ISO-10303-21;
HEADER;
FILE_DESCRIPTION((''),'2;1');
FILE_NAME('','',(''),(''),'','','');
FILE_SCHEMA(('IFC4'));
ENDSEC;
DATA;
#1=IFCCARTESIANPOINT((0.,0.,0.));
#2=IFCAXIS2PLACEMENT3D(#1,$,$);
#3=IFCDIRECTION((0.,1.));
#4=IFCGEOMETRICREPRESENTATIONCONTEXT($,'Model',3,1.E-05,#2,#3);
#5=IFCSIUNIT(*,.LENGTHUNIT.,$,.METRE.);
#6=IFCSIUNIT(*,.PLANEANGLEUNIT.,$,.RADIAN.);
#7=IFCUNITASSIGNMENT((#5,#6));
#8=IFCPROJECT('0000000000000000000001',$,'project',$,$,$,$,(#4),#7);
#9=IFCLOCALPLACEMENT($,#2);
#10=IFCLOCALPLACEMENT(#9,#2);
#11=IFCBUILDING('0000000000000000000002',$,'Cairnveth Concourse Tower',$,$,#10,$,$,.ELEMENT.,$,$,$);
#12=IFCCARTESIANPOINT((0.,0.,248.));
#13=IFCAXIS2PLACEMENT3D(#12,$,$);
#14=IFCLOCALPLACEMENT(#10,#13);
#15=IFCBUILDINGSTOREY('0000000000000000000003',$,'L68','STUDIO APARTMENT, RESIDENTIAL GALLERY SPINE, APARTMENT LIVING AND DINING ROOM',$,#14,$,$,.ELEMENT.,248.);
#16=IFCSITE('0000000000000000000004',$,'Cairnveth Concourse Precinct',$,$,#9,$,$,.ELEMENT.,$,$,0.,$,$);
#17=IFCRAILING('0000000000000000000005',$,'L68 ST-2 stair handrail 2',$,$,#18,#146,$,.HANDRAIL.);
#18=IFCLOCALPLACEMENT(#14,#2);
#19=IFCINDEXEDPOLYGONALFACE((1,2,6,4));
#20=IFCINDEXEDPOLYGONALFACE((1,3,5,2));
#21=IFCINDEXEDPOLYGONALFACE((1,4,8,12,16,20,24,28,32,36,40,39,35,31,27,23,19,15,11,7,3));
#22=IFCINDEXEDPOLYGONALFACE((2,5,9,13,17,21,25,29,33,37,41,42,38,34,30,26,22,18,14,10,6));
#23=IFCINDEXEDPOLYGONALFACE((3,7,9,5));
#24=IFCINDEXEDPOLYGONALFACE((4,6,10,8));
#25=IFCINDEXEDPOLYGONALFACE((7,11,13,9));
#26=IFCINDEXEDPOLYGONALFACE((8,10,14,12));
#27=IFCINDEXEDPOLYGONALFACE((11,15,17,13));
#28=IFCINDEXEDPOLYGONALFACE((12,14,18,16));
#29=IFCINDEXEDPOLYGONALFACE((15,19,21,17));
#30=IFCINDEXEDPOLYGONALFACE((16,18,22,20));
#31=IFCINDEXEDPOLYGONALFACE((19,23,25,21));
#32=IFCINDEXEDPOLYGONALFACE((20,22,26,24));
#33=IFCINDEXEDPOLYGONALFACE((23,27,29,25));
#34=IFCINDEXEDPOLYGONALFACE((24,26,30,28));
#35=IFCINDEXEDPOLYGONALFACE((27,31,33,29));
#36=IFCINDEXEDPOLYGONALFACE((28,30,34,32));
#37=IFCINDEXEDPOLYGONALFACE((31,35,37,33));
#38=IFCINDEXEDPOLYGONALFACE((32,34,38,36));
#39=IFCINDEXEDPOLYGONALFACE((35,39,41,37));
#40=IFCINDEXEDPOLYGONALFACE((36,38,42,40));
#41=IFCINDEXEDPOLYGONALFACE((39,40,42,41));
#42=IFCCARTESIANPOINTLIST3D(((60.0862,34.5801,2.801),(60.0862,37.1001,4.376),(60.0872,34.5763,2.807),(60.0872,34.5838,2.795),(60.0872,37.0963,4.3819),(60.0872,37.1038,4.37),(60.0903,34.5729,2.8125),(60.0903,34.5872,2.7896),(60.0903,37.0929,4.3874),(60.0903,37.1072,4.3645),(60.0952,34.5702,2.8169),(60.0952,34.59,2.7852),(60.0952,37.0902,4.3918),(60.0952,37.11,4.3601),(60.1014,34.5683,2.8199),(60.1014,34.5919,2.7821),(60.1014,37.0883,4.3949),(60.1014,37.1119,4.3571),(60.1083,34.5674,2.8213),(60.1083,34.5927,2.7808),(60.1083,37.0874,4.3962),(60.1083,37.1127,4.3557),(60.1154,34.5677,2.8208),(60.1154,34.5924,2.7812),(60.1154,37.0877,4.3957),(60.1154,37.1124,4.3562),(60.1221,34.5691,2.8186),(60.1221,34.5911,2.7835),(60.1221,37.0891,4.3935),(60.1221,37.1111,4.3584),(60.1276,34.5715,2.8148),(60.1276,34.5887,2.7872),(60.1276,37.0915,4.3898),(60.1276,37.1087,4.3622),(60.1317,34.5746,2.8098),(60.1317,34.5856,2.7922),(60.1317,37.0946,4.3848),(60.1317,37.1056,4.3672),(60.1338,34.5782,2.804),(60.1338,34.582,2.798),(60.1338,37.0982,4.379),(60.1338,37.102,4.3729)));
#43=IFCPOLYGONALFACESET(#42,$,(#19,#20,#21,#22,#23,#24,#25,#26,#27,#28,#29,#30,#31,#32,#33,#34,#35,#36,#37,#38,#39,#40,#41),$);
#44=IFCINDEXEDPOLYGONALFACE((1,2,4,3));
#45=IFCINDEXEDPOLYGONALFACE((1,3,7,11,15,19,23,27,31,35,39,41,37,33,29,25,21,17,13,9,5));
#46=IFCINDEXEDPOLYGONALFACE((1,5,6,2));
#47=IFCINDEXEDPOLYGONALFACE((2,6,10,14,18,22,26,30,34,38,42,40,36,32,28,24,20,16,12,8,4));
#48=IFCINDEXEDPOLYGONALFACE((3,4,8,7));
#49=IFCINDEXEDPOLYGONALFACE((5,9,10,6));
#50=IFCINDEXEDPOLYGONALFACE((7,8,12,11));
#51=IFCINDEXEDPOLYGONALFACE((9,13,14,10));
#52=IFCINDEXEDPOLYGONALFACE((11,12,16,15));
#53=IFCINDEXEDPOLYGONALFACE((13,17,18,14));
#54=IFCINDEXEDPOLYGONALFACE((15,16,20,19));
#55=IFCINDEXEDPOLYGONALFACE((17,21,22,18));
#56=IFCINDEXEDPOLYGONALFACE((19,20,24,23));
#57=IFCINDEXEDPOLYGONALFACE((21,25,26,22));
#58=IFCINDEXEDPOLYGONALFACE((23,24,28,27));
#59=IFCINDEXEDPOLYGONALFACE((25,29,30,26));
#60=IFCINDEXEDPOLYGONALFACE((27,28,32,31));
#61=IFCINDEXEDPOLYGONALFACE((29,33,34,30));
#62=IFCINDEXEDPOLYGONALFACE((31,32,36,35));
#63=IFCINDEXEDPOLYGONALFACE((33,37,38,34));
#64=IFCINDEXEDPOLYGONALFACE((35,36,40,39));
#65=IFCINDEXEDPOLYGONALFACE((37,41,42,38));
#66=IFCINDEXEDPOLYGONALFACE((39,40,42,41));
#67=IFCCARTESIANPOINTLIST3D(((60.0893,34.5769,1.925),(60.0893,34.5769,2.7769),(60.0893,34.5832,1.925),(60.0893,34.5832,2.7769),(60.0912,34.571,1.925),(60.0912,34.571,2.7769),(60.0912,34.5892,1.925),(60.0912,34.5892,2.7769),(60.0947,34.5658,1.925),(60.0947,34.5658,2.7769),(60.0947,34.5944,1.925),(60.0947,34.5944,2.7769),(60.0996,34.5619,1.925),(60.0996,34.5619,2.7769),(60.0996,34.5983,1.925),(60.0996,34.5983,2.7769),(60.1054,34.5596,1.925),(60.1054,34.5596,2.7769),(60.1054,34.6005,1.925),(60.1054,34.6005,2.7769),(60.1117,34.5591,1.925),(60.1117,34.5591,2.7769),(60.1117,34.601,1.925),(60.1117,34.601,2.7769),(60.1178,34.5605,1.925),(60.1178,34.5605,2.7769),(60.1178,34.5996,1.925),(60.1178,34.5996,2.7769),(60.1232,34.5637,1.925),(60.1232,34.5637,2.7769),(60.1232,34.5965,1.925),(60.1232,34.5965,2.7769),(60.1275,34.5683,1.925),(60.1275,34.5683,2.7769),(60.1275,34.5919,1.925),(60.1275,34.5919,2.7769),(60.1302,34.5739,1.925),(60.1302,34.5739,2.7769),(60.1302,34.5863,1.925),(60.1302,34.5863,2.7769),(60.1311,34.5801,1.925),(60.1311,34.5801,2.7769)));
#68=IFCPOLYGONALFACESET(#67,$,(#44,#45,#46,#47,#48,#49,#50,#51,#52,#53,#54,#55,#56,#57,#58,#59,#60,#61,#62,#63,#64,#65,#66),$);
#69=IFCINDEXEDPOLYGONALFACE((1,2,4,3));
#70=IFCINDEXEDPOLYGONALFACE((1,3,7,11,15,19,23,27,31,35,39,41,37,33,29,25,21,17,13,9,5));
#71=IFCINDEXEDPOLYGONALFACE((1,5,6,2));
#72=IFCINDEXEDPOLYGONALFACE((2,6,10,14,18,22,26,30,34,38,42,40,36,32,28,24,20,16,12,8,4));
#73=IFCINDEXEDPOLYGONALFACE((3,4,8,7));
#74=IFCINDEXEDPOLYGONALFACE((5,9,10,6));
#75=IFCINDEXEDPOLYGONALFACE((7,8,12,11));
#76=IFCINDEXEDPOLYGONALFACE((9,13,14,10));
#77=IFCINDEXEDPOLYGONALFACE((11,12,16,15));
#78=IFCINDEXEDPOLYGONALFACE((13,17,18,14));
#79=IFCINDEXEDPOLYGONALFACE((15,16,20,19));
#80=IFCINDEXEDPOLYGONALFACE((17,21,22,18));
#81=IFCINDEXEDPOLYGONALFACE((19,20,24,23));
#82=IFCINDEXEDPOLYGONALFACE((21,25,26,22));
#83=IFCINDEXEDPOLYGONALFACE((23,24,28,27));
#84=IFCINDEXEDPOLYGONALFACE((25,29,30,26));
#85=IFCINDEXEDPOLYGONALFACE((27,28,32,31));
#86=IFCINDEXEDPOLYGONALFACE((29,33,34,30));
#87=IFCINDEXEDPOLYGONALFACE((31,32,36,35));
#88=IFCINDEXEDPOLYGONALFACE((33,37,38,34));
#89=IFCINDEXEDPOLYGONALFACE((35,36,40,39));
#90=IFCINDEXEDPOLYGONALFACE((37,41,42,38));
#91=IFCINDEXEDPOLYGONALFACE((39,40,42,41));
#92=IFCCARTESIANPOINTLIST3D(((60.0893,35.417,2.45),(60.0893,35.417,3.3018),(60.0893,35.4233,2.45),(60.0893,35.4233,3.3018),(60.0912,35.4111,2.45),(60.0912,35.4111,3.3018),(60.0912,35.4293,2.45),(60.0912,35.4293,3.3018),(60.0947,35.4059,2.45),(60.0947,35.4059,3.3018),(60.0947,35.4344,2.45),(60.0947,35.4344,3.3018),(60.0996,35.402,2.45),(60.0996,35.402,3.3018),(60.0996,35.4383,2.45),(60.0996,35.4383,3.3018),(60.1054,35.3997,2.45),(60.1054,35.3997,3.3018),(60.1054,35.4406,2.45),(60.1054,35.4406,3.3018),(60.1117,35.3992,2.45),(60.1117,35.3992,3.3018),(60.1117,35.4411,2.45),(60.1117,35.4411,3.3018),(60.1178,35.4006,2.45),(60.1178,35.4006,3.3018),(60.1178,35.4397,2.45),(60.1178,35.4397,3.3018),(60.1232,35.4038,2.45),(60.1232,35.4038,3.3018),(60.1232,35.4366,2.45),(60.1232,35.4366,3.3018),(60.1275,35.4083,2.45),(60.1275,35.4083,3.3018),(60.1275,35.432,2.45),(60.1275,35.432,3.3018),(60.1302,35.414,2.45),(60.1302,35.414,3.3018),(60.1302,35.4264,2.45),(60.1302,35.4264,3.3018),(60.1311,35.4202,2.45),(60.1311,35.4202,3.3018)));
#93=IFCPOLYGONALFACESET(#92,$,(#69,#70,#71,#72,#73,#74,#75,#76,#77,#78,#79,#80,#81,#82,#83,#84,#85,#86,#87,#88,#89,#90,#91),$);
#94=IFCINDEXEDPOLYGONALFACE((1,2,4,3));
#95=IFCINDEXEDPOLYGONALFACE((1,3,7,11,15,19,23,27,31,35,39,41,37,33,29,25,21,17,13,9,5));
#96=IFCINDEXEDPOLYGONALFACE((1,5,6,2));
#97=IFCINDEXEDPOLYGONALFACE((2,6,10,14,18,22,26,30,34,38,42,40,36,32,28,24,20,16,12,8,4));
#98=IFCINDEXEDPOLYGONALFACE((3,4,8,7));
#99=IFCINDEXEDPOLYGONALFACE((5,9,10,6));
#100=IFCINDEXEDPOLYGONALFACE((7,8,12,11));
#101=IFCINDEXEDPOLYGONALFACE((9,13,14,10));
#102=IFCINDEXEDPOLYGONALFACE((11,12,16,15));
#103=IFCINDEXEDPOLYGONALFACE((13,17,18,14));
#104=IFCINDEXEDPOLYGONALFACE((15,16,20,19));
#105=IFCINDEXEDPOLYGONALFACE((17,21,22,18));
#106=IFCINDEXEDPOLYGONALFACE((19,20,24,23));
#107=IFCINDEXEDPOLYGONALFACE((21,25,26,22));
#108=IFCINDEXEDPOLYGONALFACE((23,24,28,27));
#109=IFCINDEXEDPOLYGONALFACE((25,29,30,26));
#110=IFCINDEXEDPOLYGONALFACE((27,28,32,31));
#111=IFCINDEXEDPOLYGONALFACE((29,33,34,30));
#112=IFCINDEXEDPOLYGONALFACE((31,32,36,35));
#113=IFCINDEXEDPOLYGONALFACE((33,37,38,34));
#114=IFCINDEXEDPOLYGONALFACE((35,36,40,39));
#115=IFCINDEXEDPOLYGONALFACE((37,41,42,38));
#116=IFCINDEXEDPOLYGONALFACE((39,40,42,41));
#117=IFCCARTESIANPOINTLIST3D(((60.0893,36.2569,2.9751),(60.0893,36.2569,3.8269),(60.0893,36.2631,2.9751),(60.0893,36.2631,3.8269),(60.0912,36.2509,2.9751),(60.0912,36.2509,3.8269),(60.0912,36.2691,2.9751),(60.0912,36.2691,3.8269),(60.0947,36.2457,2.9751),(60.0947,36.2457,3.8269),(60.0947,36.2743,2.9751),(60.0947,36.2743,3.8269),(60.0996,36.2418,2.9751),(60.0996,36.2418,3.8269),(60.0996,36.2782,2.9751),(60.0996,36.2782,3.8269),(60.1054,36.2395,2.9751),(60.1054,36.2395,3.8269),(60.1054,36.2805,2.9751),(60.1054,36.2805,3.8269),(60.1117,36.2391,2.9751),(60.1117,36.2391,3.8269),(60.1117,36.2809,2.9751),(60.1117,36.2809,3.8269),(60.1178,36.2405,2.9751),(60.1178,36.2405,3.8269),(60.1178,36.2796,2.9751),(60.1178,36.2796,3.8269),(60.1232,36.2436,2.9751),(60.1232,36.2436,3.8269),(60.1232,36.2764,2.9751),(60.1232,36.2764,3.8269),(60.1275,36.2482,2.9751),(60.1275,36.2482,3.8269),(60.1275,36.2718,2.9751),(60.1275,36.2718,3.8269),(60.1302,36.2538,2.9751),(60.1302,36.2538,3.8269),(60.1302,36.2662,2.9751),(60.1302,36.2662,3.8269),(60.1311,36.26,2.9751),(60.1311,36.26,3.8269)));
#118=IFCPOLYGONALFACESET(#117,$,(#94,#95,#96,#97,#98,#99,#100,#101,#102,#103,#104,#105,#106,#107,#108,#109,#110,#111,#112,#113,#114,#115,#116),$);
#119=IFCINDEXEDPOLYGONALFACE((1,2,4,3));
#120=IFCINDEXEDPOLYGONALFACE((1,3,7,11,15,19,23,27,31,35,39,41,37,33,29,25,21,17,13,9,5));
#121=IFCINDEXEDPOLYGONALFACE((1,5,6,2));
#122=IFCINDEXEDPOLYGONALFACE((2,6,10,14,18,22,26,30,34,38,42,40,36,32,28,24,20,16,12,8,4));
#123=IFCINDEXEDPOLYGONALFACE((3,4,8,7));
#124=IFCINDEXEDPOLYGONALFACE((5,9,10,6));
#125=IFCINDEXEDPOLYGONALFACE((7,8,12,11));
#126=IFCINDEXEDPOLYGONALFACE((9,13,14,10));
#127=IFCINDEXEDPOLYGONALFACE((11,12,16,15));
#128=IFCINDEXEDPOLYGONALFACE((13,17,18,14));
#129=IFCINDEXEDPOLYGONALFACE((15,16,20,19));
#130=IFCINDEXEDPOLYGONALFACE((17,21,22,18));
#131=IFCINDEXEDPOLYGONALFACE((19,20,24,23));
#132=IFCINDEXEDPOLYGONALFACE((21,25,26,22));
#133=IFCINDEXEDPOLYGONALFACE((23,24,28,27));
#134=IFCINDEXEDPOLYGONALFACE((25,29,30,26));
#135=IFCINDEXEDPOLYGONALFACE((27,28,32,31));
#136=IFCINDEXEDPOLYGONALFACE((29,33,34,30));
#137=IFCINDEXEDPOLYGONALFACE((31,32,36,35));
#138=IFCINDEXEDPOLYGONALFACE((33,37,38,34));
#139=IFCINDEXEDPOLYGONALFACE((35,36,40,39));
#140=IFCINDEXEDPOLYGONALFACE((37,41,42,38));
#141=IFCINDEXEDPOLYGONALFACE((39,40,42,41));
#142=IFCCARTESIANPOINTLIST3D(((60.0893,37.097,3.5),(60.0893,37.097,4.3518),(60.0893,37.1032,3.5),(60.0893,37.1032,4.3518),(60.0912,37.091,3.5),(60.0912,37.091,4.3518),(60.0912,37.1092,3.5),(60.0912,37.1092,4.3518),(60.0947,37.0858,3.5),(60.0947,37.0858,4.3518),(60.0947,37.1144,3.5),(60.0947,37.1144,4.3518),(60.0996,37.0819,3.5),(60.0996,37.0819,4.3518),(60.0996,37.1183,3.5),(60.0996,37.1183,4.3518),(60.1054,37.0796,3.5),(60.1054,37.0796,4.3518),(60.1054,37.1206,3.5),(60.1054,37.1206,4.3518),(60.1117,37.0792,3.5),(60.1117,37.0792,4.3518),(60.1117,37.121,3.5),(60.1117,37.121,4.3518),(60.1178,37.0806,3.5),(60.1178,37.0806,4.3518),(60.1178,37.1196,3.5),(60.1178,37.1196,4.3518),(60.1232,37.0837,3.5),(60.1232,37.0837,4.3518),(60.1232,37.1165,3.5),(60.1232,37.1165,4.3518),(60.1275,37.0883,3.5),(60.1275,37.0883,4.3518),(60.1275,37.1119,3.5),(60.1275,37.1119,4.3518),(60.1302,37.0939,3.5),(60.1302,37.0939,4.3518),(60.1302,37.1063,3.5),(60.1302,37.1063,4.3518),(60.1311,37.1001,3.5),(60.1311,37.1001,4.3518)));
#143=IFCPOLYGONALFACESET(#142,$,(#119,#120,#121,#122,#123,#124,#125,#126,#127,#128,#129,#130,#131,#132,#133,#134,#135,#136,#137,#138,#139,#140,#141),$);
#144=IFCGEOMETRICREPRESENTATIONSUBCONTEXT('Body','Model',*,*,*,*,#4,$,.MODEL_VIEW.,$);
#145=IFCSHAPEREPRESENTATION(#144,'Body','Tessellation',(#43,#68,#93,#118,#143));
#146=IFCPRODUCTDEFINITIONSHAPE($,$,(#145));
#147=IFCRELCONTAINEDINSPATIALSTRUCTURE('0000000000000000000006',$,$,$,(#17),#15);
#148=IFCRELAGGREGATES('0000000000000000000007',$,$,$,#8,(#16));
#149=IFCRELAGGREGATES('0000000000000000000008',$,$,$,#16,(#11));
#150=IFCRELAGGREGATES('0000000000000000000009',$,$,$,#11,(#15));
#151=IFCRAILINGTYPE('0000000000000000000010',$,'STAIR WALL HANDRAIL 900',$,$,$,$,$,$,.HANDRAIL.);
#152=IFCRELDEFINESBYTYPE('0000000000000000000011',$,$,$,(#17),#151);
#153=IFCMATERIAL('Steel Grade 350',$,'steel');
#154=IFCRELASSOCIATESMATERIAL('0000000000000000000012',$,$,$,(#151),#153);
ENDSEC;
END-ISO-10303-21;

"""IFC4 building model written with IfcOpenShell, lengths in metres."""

from ifc_helpers import new_model, si_unit, direction, frame, origin, origin_2d, place, context, subcontext, project, spatial, circle, extrude, material, type_object, element, save


model = new_model("IFC4")

# Units and contexts
model_context = context("Model", 3, precision=1e-05, world=origin(), true_north=direction((0.0, 1.0)))
body_context = subcontext(model_context, "Body", "Model", "MODEL_VIEW")
ifc_project = project(units=[si_unit("LENGTHUNIT", "METRE"), si_unit("PLANEANGLEUNIT", "RADIAN")], contexts=[model_context])

# Site, building, storey
site_placement = place(None, origin())
site = spatial("IfcSite", under=ifc_project, at=site_placement, Name="Cairnveth Concourse Precinct", CompositionType="ELEMENT", RefElevation=0.0)
building_placement = place(site_placement, origin())
building = spatial("IfcBuilding", under=site, at=building_placement, Name="Cairnveth Concourse Tower", CompositionType="ELEMENT")
storey_placement = place(building_placement, frame((0.0, 0.0, 248.0)))
storey = spatial("IfcBuildingStorey", under=building, at=storey_placement, Name="L68", Description="STUDIO APARTMENT, RESIDENTIAL GALLERY SPINE, APARTMENT LIVING AND DINING ROOM", CompositionType="ELEMENT", Elevation=248.0)

# Shared definitions
ifc_material_1 = material(Name="Steel Grade 350", Category="steel")

# Railing
railing_type_1 = type_object("IfcRailingType", Name="STAIR WALL HANDRAIL 900", PredefinedType="HANDRAIL", material=ifc_material_1)
railing_1_placement = place(storey_placement, frame((60.1101, 34.5801, 1.925)))
element("IfcRailing", 1, at=railing_1_placement, inside=storey, type_object=railing_type_1, Name="L68 ST-2 stair handrail 2", PredefinedType="HANDRAIL", context=body_context, shape_type="SweptSolid", body=[
    extrude(circle(Radius=0.0239, at=origin_2d()), frame((0.0, 0.0, 0.876), z_axis=(0.0, 0.848008, 0.529984), x_axis=(-1.0, 0.0, 0.0)), (0.0, 0.0, 1.0), 2.9717),
    extrude(circle(Radius=0.021, at=origin_2d()), origin(), (0.0, 0.0, 1.0), 0.8518),
    extrude(circle(Radius=0.021, at=origin_2d()), frame((0.0, 0.8401, 0.5249)), (0.0, 0.0, 1.0), 0.8518),
    extrude(circle(Radius=0.021, at=origin_2d()), frame((0.0, 1.6799, 1.05)), (0.0, 0.0, 1.0), 0.8518),
    extrude(circle(Radius=0.021, at=origin_2d()), frame((0.0, 2.52, 1.575)), (0.0, 0.0, 1.0), 0.8518),
])

save(model, "model.ifc")
